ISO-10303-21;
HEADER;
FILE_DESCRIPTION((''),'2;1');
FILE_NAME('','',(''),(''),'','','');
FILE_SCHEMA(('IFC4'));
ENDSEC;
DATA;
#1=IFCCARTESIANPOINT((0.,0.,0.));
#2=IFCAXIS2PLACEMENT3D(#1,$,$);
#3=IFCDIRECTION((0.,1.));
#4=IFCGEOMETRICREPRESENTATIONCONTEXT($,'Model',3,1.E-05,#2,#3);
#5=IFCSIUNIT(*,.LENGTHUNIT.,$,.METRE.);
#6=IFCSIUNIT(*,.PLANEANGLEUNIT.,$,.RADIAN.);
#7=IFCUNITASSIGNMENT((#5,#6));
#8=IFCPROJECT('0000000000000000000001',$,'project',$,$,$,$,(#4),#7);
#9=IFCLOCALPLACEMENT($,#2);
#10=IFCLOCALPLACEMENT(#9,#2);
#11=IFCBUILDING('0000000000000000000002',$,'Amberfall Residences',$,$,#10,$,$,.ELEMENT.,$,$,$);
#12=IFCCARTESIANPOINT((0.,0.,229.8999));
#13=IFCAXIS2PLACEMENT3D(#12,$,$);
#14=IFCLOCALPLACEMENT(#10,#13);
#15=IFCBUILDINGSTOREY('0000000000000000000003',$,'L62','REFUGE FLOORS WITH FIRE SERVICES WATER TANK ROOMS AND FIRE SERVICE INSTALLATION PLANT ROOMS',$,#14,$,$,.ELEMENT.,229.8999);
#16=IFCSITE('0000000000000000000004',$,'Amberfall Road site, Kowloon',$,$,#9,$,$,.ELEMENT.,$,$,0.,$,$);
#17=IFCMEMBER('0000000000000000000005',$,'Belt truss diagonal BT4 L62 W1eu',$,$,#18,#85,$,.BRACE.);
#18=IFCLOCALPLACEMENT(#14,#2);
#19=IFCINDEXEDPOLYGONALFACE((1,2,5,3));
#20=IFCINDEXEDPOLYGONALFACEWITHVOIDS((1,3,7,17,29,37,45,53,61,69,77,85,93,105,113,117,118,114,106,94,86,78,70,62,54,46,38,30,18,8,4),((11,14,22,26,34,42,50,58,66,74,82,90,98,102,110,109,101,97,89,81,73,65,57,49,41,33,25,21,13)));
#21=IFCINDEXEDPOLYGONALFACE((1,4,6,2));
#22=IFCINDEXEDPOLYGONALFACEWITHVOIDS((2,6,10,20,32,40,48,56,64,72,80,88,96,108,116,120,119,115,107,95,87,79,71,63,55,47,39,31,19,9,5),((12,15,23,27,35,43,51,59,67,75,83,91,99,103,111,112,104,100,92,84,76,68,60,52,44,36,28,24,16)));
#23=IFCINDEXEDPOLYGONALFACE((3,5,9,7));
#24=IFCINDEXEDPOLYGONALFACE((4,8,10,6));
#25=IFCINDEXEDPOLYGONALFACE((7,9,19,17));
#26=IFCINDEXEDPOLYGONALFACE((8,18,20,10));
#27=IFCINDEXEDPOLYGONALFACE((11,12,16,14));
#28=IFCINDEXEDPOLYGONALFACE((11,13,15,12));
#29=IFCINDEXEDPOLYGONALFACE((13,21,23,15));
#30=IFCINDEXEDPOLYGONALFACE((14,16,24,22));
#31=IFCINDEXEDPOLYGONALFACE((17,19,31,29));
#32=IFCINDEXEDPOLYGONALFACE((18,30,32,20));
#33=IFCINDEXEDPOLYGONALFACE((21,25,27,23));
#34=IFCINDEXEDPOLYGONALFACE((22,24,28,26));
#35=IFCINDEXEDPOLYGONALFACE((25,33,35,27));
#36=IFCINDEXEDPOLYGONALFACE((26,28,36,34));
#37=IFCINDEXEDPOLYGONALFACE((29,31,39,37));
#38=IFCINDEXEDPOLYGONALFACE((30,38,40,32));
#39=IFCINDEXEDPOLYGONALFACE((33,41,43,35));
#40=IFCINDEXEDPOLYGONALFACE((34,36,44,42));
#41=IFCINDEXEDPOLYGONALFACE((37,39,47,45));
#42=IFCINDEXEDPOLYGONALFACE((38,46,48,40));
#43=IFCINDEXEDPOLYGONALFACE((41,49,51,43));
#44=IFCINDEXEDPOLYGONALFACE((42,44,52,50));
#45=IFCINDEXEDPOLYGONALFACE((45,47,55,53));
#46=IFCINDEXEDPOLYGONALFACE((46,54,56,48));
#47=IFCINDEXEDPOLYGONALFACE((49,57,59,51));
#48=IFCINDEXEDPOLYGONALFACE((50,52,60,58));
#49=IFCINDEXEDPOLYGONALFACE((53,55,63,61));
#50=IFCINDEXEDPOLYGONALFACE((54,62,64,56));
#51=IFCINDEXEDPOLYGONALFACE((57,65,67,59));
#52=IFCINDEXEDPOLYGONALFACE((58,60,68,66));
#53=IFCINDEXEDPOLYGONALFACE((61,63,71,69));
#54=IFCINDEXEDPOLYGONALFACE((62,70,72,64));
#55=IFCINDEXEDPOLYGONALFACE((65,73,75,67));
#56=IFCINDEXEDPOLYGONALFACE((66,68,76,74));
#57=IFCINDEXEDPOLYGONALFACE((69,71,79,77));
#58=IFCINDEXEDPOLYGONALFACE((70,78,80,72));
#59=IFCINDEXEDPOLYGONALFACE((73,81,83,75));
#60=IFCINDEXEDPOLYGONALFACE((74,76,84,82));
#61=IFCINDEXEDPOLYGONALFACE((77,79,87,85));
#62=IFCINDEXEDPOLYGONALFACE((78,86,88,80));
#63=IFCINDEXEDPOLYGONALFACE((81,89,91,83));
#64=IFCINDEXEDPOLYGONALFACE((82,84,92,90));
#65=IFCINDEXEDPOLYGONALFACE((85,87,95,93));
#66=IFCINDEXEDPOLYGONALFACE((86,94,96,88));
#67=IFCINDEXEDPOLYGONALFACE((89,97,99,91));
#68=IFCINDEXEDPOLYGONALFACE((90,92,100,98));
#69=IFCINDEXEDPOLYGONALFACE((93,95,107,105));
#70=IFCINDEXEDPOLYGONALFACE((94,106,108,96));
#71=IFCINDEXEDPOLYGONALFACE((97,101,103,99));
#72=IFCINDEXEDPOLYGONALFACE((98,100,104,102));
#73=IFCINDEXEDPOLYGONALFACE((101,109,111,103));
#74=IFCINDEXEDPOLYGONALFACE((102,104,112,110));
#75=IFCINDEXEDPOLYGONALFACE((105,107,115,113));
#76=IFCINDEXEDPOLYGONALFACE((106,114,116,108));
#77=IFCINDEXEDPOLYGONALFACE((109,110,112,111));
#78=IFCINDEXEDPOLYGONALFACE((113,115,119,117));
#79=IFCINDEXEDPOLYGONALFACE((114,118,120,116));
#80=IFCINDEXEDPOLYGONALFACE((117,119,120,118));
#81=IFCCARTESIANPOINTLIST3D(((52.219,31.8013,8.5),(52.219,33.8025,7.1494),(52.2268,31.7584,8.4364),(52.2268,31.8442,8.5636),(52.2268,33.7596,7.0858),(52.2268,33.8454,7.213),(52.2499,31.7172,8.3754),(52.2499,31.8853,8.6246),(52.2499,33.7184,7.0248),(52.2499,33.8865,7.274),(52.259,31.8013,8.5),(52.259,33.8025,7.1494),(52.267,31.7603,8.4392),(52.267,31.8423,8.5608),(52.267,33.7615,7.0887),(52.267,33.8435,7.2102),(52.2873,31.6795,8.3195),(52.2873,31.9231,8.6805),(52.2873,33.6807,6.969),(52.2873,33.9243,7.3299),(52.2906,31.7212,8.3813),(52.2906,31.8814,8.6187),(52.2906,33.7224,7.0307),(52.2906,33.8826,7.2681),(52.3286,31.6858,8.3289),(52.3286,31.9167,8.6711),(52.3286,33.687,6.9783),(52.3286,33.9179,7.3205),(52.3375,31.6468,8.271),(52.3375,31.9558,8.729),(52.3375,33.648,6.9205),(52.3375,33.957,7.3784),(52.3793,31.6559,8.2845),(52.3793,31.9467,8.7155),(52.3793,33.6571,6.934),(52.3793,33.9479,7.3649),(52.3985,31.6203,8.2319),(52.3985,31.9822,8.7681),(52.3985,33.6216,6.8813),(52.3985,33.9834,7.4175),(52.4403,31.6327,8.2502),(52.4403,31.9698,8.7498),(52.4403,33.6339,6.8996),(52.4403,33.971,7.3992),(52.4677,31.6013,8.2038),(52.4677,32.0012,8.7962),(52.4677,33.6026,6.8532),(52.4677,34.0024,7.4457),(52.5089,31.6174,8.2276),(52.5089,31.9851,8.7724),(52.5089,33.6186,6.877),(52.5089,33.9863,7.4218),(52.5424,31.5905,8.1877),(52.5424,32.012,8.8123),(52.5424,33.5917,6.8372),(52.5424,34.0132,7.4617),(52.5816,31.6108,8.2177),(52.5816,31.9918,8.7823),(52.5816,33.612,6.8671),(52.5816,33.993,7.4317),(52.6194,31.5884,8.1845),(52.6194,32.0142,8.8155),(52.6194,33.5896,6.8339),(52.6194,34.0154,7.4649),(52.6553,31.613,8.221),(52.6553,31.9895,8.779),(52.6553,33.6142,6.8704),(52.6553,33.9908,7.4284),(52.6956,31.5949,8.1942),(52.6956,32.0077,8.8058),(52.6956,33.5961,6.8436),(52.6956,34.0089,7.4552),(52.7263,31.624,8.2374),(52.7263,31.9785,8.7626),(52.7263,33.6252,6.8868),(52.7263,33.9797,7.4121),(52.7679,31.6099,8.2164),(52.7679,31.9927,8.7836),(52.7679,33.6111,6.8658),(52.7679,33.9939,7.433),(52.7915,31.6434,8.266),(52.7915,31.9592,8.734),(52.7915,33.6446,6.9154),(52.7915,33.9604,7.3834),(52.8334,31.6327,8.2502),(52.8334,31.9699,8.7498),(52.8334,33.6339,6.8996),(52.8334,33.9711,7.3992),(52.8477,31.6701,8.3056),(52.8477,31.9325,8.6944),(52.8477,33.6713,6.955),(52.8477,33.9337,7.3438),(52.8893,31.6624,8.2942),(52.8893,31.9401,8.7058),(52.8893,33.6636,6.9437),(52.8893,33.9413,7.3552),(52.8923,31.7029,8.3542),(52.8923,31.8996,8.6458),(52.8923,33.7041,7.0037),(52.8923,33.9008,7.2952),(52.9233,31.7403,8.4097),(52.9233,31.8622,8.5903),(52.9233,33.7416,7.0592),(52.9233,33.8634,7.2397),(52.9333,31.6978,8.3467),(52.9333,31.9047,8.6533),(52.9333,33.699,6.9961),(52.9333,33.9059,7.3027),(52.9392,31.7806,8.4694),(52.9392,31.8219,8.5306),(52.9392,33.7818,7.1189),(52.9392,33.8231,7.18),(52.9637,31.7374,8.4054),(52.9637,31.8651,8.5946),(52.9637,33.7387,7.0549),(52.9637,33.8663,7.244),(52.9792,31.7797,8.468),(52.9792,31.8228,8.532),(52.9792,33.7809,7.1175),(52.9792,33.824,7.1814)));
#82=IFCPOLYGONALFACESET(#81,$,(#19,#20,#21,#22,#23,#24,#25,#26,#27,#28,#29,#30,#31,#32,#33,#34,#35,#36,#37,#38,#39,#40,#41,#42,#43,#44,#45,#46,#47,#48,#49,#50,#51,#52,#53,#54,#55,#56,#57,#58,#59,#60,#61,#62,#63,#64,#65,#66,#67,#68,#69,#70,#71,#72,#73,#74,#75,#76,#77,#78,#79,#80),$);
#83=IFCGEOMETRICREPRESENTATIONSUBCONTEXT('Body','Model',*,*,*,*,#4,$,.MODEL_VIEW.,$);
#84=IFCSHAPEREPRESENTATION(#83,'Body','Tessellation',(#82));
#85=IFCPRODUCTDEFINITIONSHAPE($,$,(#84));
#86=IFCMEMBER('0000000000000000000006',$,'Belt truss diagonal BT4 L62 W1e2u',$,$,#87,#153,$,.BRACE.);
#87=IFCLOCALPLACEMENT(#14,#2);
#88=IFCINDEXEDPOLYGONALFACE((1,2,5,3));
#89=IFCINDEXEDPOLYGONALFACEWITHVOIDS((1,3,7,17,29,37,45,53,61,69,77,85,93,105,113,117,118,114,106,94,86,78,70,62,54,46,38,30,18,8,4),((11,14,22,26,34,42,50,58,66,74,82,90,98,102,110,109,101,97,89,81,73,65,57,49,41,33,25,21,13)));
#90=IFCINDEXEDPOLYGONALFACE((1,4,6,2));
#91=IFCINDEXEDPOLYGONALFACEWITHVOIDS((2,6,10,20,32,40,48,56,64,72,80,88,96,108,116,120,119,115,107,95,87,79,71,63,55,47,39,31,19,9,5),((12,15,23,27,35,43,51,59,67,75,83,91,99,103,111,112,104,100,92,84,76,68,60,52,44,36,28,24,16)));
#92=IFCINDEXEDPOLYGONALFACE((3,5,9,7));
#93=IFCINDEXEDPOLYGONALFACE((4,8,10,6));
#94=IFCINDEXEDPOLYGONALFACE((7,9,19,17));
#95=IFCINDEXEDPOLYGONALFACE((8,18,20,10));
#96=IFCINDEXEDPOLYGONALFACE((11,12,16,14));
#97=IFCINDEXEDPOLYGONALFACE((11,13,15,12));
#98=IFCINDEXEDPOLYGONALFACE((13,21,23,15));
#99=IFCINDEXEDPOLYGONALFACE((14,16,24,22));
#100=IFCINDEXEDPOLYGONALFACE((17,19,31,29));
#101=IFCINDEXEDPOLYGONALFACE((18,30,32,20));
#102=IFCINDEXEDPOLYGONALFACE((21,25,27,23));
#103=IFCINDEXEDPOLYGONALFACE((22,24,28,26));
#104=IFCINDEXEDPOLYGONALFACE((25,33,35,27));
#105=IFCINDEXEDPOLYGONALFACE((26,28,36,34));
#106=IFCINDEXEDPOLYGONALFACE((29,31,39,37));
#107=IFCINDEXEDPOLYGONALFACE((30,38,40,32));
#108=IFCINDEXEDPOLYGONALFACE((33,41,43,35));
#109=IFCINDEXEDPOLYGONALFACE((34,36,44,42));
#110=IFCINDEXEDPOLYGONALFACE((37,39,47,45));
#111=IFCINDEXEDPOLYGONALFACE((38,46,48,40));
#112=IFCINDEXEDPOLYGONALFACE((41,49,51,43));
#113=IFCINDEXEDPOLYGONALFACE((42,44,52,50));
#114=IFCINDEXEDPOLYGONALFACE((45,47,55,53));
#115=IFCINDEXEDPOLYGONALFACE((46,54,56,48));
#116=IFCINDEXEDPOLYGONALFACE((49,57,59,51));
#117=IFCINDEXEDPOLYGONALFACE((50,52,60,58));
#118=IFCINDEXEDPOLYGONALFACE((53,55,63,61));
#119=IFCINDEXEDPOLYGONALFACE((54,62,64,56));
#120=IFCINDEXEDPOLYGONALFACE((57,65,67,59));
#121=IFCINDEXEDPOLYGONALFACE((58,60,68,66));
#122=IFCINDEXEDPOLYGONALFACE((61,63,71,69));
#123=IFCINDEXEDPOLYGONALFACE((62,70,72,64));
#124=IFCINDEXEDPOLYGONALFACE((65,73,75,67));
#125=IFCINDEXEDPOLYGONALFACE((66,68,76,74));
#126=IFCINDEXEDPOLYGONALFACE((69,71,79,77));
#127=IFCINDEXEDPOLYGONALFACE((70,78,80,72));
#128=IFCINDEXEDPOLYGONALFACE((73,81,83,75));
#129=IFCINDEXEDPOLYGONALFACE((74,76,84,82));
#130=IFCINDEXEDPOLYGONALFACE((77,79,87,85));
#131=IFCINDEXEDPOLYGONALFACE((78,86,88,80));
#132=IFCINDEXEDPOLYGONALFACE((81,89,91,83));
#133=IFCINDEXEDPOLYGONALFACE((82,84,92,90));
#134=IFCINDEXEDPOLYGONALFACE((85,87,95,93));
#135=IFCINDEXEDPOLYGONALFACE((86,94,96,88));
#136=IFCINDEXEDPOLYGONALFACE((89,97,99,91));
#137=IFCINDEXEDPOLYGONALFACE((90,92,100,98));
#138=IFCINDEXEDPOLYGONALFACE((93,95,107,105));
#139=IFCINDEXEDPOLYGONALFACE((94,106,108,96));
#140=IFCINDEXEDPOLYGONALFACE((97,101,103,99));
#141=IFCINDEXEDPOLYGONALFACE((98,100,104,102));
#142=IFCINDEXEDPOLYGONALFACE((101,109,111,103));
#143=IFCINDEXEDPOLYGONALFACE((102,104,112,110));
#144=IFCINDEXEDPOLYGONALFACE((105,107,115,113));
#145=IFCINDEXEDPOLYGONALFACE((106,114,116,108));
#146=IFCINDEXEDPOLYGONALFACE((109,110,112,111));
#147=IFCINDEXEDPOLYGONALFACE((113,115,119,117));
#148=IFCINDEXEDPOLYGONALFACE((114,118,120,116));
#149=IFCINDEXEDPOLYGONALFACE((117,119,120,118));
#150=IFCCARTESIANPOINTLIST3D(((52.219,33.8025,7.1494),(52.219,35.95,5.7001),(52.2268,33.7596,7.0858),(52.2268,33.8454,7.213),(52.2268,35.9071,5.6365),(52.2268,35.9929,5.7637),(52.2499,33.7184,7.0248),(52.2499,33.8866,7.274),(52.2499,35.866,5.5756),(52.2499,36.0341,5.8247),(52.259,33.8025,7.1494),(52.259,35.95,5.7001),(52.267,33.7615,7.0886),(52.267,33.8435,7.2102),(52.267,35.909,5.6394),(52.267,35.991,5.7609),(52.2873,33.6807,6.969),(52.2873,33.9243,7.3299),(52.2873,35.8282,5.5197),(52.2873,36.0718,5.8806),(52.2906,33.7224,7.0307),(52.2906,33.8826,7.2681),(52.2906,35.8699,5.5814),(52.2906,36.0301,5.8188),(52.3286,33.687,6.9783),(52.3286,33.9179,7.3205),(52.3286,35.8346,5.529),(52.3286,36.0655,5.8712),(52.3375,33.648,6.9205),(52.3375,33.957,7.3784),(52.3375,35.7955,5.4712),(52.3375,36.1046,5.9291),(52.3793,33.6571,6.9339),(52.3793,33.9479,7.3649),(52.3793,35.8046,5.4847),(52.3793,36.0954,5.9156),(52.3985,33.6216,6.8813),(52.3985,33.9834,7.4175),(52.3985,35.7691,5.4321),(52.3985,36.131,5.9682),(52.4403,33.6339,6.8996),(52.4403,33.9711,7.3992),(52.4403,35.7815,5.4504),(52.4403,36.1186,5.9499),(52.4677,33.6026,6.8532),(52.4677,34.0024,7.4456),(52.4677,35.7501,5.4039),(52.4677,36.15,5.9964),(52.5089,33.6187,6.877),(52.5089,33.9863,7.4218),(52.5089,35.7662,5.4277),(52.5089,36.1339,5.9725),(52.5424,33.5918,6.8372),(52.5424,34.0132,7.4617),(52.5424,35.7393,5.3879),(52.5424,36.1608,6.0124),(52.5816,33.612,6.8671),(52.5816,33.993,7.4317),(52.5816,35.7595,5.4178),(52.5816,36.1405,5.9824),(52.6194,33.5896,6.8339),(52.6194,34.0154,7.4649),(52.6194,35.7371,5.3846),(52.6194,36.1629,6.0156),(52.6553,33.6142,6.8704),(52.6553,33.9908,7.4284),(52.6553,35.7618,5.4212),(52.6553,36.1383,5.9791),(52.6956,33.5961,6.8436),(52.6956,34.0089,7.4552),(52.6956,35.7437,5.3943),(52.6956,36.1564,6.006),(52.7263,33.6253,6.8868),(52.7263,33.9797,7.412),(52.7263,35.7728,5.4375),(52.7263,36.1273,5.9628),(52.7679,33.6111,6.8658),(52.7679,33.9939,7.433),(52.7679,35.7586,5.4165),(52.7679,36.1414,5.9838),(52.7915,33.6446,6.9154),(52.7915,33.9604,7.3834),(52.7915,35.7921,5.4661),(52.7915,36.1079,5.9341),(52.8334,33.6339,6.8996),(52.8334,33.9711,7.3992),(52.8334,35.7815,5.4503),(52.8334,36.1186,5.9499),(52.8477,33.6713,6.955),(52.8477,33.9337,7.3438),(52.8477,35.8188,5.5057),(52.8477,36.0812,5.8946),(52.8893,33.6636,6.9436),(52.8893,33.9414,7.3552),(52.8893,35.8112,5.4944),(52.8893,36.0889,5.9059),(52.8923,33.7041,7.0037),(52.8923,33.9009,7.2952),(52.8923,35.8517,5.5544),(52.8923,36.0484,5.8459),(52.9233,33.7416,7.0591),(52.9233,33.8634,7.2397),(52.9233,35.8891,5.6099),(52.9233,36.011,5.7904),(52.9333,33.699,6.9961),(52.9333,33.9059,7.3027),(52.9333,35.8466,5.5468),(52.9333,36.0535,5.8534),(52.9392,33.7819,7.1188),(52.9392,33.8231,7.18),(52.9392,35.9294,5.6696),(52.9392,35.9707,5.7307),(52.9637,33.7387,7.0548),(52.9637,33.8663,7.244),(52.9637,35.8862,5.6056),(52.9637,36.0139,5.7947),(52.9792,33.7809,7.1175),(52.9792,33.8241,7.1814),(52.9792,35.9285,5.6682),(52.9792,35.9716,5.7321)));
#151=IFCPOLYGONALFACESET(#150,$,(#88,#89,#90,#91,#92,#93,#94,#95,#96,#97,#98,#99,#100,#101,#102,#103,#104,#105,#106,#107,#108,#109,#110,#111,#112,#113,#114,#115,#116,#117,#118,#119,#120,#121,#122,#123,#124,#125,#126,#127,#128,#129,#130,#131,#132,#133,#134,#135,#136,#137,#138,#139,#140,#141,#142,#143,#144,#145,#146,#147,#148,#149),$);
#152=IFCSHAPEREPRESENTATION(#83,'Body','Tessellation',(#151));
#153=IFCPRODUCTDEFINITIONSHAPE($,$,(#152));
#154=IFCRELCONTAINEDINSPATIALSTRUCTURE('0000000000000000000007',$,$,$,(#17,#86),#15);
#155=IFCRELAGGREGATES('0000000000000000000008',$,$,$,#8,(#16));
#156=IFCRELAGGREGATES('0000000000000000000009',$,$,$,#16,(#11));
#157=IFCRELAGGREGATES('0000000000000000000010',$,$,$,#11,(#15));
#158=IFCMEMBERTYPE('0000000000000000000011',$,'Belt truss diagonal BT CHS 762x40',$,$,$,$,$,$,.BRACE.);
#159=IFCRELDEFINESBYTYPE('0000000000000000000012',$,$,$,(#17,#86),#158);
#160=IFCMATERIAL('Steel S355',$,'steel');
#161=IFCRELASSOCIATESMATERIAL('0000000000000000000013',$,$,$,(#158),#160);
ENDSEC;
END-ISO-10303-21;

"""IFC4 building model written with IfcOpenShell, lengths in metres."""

from ifc_helpers import new_model, si_unit, direction, frame, origin, origin_2d, place, context, subcontext, project, spatial, hollow_circle, extrude, material, material_profile, profile_set, type_object, element, save


model = new_model("IFC4")

# Units and contexts
model_context = context("Model", 3, precision=1e-05, world=origin(), true_north=direction((0.0, 1.0)))
body_context = subcontext(model_context, "Body", "Model", "MODEL_VIEW")
ifc_project = project(units=[si_unit("LENGTHUNIT", "METRE"), si_unit("PLANEANGLEUNIT", "RADIAN")], contexts=[model_context])

# Site, building, storey
site_placement = place(None, origin())
site = spatial("IfcSite", under=ifc_project, at=site_placement, Name="Amberfall Road site, Kowloon", CompositionType="ELEMENT", RefElevation=0.0)
building_placement = place(site_placement, origin())
building = spatial("IfcBuilding", under=site, at=building_placement, Name="Amberfall Residences", CompositionType="ELEMENT")
storey_placement = place(building_placement, frame((0.0, 0.0, 229.8999)))
storey = spatial("IfcBuildingStorey", under=building, at=storey_placement, Name="L62", Description="REFUGE FLOORS WITH FIRE SERVICES WATER TANK ROOMS AND FIRE SERVICE INSTALLATION PLANT ROOMS", CompositionType="ELEMENT", Elevation=229.8999)

# Shared definitions
ifc_material_1 = material(Name="Steel S355", Category="steel")

# Members
ifc_material_profile_1 = material_profile(ifc_material_1, hollow_circle(Radius=0.3811, WallThickness=0.04, at=origin_2d()), Name="CHS 762x40")
ifc_profile_set_1 = profile_set([ifc_material_profile_1], Name="Steel S355")
member_type = type_object("IfcMemberType", Name="Belt truss diagonal BT CHS 762x40", PredefinedType="BRACE", material=ifc_profile_set_1)
member_1_placement = place(storey_placement, frame((52.6001, 31.8013, 8.5), z_axis=(0.0, 0.828894, -0.559405), x_axis=(-1.0, 0.0, 0.0)))
element("IfcMember", 1, at=member_1_placement, inside=storey, type_object=member_type, Name="Belt truss diagonal BT4 L62 W1eu", PredefinedType="BRACE", context=body_context, shape_type="SweptSolid", body=[
    extrude(hollow_circle(Radius=0.3811, WallThickness=0.04, at=origin_2d()), origin(), (0.0, 0.0, 1.0), 2.4143),
])
member_2_placement = place(storey_placement, frame((52.6001, 33.8025, 7.1494), z_axis=(0.0, 0.828905, -0.559389), x_axis=(-1.0, 0.0, 0.0)))
element("IfcMember", 2, at=member_2_placement, inside=storey, type_object=member_type, Name="Belt truss diagonal BT4 L62 W1e2u", PredefinedType="BRACE", context=body_context, shape_type="SweptSolid", body=[
    extrude(hollow_circle(Radius=0.3811, WallThickness=0.04, at=origin_2d()), origin(), (0.0, 0.0, 1.0), 2.5908),
])

save(model, "model.ifc")
